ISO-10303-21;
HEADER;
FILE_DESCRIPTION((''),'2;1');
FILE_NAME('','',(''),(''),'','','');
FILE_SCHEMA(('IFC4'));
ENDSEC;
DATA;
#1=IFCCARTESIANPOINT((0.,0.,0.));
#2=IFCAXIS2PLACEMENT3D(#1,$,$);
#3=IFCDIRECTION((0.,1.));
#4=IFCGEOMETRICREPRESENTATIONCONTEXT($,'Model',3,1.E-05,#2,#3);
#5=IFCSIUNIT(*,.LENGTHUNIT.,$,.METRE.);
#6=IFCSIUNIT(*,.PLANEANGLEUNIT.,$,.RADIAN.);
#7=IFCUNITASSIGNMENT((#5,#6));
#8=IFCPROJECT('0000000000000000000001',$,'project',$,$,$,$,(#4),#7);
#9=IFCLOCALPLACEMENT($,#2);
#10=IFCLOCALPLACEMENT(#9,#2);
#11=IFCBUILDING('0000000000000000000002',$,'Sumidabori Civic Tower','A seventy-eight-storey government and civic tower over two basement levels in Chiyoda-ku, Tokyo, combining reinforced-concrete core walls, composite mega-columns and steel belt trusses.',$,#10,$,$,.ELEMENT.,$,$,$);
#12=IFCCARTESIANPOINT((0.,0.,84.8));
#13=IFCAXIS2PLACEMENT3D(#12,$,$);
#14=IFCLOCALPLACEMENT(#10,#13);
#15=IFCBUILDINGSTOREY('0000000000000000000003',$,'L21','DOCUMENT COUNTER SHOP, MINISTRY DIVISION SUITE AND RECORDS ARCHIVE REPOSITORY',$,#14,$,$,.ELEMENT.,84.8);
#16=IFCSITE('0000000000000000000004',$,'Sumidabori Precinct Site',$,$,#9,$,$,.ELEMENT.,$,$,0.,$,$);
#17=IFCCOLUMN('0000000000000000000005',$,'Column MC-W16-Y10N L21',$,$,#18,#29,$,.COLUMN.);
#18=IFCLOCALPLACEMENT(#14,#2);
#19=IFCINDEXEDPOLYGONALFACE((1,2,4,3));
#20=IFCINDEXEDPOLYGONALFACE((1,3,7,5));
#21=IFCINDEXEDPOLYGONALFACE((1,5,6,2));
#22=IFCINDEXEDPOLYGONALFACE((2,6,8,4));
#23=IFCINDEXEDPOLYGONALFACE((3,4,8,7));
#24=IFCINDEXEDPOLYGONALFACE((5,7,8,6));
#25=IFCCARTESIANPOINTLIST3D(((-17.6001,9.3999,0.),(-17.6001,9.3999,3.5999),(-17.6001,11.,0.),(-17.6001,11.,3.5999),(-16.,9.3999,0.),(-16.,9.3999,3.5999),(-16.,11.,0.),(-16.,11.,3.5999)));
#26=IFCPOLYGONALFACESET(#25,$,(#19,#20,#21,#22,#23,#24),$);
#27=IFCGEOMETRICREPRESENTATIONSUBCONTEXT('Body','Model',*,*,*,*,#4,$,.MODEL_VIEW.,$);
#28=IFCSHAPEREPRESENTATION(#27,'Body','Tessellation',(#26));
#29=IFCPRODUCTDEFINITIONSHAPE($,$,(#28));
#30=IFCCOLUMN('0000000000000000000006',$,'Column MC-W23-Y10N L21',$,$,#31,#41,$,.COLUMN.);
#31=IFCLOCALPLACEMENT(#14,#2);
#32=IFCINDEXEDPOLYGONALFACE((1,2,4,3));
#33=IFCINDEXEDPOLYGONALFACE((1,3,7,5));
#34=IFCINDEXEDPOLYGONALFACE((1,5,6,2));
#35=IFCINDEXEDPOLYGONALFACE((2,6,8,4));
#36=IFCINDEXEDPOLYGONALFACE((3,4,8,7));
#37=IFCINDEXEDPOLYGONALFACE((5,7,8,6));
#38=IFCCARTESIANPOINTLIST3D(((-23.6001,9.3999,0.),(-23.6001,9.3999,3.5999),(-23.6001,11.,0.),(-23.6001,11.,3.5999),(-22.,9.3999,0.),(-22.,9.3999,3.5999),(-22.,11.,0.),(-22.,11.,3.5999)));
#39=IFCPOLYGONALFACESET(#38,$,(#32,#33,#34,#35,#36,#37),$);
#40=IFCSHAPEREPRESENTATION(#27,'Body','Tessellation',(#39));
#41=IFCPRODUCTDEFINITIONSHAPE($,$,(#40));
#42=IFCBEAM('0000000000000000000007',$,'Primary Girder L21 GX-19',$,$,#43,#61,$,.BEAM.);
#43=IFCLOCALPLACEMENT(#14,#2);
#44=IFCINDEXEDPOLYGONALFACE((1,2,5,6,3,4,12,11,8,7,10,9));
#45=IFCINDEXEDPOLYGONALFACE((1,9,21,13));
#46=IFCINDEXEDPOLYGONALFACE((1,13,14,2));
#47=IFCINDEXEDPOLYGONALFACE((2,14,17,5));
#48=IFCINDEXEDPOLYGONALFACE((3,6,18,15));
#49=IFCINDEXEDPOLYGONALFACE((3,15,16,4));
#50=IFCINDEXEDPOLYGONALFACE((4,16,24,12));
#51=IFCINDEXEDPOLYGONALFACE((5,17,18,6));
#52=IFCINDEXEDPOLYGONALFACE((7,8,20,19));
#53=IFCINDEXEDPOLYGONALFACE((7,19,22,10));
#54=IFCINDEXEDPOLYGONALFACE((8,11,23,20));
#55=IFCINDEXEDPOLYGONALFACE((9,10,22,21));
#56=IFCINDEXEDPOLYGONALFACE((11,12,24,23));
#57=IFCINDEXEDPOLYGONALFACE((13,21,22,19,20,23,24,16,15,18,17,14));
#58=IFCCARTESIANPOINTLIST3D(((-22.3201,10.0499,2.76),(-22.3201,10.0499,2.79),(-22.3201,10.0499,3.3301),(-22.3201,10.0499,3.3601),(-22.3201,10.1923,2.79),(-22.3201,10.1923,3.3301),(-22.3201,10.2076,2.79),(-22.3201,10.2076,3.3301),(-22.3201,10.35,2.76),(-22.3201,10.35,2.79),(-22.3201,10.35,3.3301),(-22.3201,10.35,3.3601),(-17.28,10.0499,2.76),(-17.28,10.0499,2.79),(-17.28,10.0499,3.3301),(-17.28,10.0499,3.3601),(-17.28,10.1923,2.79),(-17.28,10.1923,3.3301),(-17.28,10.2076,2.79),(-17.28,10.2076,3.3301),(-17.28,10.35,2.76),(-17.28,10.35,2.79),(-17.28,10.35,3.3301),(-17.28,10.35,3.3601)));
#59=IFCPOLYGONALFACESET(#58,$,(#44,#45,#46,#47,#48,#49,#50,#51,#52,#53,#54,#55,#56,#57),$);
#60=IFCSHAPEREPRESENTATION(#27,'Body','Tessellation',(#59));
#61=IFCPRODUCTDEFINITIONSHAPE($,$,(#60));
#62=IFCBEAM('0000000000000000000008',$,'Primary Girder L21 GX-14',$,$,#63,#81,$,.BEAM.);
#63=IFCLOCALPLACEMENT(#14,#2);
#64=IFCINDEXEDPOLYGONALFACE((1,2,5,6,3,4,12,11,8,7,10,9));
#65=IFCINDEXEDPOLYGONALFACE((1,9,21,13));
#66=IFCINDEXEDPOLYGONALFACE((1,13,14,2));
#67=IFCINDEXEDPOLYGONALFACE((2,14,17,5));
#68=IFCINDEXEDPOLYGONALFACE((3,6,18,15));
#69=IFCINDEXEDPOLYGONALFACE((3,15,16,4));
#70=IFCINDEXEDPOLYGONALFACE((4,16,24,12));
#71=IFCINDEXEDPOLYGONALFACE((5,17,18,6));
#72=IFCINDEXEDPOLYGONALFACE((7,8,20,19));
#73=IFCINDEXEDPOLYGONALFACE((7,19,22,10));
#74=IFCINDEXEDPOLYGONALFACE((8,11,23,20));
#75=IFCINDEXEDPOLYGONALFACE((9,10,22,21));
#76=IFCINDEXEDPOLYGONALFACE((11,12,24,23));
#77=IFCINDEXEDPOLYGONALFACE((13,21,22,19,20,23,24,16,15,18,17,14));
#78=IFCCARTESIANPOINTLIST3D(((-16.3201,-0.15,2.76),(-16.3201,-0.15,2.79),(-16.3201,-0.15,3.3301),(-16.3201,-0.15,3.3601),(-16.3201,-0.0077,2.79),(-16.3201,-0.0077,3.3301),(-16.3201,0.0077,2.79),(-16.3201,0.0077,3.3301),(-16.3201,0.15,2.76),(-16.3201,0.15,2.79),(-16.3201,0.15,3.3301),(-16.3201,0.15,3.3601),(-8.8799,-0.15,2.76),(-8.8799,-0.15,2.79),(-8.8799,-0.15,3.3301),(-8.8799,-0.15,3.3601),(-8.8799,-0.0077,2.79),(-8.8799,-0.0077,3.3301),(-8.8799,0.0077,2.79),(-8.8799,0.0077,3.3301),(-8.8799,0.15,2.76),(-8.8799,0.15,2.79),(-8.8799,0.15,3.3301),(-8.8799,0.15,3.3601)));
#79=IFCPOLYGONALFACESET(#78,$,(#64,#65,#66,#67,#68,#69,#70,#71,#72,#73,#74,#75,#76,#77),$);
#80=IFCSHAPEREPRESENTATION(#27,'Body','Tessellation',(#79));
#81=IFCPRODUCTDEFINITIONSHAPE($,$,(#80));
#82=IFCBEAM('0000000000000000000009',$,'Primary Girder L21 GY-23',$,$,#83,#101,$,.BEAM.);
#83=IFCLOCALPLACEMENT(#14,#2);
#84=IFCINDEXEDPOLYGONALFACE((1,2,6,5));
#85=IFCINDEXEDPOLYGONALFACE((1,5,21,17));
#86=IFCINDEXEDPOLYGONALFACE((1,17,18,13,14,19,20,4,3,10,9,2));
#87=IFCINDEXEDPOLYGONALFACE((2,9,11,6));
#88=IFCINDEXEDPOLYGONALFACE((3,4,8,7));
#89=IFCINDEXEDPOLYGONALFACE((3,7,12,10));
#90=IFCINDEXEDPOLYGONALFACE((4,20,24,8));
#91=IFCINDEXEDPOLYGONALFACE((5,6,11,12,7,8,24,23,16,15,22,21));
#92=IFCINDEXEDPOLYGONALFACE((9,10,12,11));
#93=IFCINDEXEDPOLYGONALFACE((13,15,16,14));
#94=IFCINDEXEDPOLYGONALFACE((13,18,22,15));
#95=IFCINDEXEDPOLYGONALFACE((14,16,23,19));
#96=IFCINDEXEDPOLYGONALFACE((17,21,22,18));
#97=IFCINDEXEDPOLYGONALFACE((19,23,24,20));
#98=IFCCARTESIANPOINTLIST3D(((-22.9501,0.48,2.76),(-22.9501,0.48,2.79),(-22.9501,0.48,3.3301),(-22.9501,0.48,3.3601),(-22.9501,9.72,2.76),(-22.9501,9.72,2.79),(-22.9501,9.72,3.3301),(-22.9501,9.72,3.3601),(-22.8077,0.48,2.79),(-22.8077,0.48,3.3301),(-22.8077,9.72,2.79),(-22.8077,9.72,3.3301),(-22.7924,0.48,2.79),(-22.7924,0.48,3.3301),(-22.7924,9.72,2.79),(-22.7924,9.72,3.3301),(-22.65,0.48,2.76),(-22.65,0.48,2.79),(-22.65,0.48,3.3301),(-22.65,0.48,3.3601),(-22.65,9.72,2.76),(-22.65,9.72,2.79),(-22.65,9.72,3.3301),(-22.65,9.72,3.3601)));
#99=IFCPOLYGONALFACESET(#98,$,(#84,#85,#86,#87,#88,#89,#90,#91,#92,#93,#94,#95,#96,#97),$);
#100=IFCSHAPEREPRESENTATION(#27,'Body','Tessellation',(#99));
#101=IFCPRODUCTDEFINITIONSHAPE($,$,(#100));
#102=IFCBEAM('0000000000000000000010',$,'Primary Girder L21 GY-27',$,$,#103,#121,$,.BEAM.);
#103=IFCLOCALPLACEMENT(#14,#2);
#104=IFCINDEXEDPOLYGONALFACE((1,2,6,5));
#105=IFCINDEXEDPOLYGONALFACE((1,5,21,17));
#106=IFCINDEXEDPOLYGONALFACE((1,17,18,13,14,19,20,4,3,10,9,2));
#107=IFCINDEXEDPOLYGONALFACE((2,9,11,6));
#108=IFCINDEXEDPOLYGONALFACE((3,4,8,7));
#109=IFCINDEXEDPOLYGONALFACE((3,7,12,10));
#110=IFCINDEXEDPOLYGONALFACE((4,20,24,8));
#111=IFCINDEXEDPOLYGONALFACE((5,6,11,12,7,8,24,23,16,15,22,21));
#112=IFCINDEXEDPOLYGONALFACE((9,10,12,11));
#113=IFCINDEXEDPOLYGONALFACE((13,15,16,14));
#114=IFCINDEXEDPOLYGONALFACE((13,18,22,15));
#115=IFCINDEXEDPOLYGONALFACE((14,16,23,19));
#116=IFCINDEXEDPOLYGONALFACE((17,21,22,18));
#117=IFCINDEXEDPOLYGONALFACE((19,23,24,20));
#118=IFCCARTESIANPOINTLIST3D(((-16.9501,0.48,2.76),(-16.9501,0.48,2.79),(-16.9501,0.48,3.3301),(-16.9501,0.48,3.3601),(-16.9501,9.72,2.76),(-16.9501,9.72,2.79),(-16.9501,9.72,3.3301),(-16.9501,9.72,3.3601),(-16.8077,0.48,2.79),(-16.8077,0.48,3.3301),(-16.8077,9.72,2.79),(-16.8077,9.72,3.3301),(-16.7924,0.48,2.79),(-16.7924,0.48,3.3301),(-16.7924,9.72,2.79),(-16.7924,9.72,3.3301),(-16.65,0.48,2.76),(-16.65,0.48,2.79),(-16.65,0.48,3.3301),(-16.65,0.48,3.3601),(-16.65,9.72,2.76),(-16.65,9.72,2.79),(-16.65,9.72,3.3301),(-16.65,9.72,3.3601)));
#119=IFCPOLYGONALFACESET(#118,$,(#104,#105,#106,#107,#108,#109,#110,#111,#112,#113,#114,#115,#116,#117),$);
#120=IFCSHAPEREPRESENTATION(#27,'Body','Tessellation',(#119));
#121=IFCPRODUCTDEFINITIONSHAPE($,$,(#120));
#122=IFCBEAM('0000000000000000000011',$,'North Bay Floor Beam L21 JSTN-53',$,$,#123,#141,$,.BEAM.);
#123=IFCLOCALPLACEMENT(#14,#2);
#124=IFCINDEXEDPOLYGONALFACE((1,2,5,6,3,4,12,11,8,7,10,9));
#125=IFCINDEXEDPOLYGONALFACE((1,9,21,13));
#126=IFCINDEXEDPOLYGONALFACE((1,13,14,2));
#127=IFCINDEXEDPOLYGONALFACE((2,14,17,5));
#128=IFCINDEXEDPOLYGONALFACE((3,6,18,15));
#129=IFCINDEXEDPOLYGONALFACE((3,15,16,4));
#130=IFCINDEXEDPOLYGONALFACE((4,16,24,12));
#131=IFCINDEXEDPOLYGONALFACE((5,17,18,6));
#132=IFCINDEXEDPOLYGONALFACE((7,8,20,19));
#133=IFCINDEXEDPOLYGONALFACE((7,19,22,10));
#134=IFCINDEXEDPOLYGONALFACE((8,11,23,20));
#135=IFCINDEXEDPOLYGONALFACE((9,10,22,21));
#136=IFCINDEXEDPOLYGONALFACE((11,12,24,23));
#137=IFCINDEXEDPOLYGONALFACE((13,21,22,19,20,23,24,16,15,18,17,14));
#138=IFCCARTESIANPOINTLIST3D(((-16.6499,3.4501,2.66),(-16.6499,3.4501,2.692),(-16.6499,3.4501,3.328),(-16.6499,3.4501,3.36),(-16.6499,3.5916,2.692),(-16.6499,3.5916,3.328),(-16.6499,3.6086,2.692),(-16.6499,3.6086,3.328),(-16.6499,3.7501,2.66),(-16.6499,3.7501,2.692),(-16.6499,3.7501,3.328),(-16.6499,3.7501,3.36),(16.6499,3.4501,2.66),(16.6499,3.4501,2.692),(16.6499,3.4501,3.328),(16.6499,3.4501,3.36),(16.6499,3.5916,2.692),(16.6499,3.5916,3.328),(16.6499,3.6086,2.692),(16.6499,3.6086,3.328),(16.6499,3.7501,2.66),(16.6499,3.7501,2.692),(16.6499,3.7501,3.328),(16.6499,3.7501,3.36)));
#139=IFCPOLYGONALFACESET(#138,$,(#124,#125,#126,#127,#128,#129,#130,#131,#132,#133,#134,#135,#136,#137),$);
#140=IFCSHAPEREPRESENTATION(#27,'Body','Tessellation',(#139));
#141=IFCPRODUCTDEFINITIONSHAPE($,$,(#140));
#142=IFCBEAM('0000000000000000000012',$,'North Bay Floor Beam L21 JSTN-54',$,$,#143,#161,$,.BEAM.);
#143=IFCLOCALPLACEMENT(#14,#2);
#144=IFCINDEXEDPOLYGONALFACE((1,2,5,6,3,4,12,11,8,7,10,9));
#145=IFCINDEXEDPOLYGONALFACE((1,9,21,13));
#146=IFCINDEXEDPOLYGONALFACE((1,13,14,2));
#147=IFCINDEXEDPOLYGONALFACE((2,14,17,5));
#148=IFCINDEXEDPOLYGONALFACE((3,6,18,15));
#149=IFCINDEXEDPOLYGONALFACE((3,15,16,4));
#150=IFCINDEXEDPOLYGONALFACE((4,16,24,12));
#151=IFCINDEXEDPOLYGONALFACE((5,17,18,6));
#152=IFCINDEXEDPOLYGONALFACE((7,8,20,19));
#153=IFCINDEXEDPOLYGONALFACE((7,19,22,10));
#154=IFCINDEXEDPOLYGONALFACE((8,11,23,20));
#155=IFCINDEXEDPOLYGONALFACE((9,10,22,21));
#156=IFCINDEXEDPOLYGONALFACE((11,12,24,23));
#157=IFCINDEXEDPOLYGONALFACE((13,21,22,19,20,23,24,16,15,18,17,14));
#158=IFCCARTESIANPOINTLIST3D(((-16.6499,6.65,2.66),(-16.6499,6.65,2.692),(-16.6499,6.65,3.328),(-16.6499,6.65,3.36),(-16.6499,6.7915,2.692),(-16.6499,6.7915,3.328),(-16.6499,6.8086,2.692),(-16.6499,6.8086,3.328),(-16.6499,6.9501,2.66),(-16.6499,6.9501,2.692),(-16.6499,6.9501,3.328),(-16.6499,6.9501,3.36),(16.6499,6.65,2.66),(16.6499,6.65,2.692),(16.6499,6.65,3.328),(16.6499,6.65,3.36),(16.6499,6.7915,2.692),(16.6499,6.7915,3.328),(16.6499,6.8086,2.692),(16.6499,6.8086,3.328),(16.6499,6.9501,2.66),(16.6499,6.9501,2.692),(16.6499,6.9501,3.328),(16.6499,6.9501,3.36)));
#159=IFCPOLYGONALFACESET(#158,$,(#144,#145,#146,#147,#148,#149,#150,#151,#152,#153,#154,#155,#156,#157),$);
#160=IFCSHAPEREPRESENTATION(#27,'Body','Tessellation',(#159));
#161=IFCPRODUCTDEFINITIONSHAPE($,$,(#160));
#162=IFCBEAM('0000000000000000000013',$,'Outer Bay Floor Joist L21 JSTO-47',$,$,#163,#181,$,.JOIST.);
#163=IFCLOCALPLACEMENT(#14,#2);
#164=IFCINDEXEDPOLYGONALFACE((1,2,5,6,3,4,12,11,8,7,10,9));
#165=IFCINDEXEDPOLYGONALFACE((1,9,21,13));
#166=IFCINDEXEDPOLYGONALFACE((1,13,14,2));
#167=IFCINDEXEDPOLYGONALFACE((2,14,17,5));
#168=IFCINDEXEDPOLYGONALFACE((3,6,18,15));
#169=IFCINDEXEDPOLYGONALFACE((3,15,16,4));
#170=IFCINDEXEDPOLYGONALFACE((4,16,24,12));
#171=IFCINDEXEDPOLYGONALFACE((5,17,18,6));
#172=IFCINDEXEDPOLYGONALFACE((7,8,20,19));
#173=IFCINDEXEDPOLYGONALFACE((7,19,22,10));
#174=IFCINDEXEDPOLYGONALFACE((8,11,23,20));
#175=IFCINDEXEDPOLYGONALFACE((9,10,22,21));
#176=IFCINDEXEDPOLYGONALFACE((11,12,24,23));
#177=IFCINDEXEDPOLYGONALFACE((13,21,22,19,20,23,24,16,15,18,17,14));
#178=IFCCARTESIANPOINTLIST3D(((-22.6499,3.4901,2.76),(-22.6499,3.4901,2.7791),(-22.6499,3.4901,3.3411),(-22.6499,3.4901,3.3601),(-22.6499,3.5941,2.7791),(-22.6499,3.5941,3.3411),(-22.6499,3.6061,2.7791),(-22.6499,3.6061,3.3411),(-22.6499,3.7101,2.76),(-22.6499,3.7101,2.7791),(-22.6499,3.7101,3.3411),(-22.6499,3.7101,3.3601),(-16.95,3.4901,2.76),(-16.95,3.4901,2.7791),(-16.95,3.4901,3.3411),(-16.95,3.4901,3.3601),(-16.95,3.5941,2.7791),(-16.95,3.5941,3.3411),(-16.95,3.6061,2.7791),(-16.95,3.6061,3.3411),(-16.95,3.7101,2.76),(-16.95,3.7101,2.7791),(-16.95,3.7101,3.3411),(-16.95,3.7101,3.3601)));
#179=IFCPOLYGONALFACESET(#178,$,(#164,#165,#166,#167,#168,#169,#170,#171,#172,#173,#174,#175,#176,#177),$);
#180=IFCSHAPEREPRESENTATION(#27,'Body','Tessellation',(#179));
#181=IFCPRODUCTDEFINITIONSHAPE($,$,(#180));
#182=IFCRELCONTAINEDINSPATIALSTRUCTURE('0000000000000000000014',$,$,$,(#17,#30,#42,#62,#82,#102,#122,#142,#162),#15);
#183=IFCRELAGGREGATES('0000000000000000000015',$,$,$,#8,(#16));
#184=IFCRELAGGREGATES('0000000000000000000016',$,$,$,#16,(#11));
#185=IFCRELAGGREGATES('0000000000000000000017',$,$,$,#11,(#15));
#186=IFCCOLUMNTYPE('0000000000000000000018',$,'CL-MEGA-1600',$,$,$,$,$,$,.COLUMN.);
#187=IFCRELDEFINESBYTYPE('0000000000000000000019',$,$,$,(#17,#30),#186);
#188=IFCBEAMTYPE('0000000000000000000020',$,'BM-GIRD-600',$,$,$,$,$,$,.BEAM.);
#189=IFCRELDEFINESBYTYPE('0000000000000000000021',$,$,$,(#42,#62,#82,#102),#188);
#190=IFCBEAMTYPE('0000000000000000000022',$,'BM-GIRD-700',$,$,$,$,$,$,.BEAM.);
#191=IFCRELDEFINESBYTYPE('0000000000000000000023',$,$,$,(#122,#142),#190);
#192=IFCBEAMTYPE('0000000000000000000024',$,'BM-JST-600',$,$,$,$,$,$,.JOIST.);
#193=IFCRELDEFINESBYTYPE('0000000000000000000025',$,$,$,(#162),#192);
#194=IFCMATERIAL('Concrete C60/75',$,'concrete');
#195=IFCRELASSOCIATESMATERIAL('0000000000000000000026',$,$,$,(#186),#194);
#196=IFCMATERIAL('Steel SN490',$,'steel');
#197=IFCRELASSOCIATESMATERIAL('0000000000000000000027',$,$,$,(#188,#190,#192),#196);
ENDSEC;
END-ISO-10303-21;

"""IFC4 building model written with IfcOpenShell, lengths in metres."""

from ifc_helpers import new_model, si_unit, direction, frame, origin, origin_2d, place, context, subcontext, project, spatial, rectangle, i_section, extrude, source, transform, mapped, material, material_profile, profile_set, type_object, element, save


model = new_model("IFC4")

# Units and contexts
model_context = context("Model", 3, precision=1e-05, world=origin(), true_north=direction((0.0, 1.0)))
body_context = subcontext(model_context, "Body", "Model", "MODEL_VIEW")
ifc_project = project(units=[si_unit("LENGTHUNIT", "METRE"), si_unit("PLANEANGLEUNIT", "RADIAN")], contexts=[model_context])

# Site, building, storey
site_placement = place(None, origin())
site = spatial("IfcSite", under=ifc_project, at=site_placement, Name="Sumidabori Precinct Site", CompositionType="ELEMENT", RefElevation=0.0)
building_placement = place(site_placement, origin())
building = spatial("IfcBuilding", under=site, at=building_placement, Name="Sumidabori Civic Tower", Description="A seventy-eight-storey government and civic tower over two basement levels in Chiyoda-ku, Tokyo, combining reinforced-concrete core walls, composite mega-columns and steel belt trusses.", CompositionType="ELEMENT")
storey_placement = place(building_placement, frame((0.0, 0.0, 84.8)))
storey = spatial("IfcBuildingStorey", under=building, at=storey_placement, Name="L21", Description="DOCUMENT COUNTER SHOP, MINISTRY DIVISION SUITE AND RECORDS ARCHIVE REPOSITORY", CompositionType="ELEMENT", Elevation=84.8)

# Columns
ifc_material_1 = material(Name="Concrete C60/75", Category="concrete")
ifc_material_profile_1 = material_profile(ifc_material_1, rectangle(XDim=1.6001, YDim=1.6001, at=origin_2d()), Name="RC 1600x1600")
ifc_profile_set_1 = profile_set([ifc_material_profile_1], Name="Concrete C60/75")
column_type = type_object("IfcColumnType", Name="CL-MEGA-1600", PredefinedType="COLUMN", material=ifc_profile_set_1)
shared_shape_1 = source(origin(), body_context, "Body", "SweptSolid", [
    extrude(rectangle(XDim=1.6001, YDim=1.6001, at=origin_2d()), origin(), (0.0, 0.0, 1.0), 3.5999),
])
for number, where, z_axis, x_axis, name in (
    (1, (-16.8, 10.2, 0.0), (0.0, 0.0, 1.0), (1.0, 0.0, 0.0), "Column MC-W16-Y10N L21"),
    (2, (-22.8, 10.2, 0.0), (0.0, 0.0, 1.0), (1.0, 0.0, 0.0), "Column MC-W23-Y10N L21"),
):
    element("IfcColumn", number, at=place(storey_placement, frame(where, z_axis=z_axis, x_axis=x_axis)), inside=storey, type_object=column_type, Name=name, PredefinedType="COLUMN", context=body_context, shape_type="MappedRepresentation", body=[
        mapped(shared_shape_1, transform((0.0, 0.0, 0.0), x_axis=(1.0, 0.0, 0.0), y_axis=(0.0, 1.0, 0.0), z_axis=(0.0, 0.0, 1.0), scale=1.0)),
    ])

# Beams
ifc_material_2 = material(Name="Steel SN490", Category="steel")
ifc_material_profile_2 = material_profile(ifc_material_2, i_section(OverallWidth=0.3, OverallDepth=0.6001, WebThickness=0.0154, FlangeThickness=0.03, at=origin_2d()), Name="HE 600 B")
ifc_profile_set_2 = profile_set([ifc_material_profile_2], Name="Steel SN490")
beam_type_1 = type_object("IfcBeamType", Name="BM-GIRD-600", PredefinedType="BEAM", material=ifc_profile_set_2)
shared_shape_2 = source(origin(), body_context, "Body", "SweptSolid", [
    extrude(i_section(OverallWidth=0.3, OverallDepth=0.6001, WebThickness=0.0154, FlangeThickness=0.03, at=origin_2d()), origin(), (0.0, 0.0, 1.0), 5.04),
])
beam_1_placement = place(storey_placement, frame((-22.3201, 10.2, 3.0601), z_axis=(1.0, 0.0, 0.0), x_axis=(0.0, 1.0, 0.0)))
element("IfcBeam", 3, at=beam_1_placement, inside=storey, type_object=beam_type_1, Name="Primary Girder L21 GX-19", PredefinedType="BEAM", context=body_context, shape_type="MappedRepresentation", body=[
    mapped(shared_shape_2, transform((0.0, 0.0, 0.0), x_axis=(1.0, 0.0, 0.0), y_axis=(0.0, 1.0, 0.0), z_axis=(0.0, 0.0, 1.0), scale=1.0)),
])
shared_shape_3 = source(origin(), body_context, "Body", "SweptSolid", [
    extrude(i_section(OverallWidth=0.3, OverallDepth=0.6001, WebThickness=0.0154, FlangeThickness=0.03, at=origin_2d()), origin(), (0.0, 0.0, 1.0), 7.4402),
])
beam_2_placement = place(storey_placement, frame((-16.3201, 0.0, 3.0601), z_axis=(1.0, 0.0, 0.0), x_axis=(0.0, 1.0, 0.0)))
element("IfcBeam", 4, at=beam_2_placement, inside=storey, type_object=beam_type_1, Name="Primary Girder L21 GX-14", PredefinedType="BEAM", context=body_context, shape_type="MappedRepresentation", body=[
    mapped(shared_shape_3, transform((0.0, 0.0, 0.0), x_axis=(1.0, 0.0, 0.0), y_axis=(0.0, 1.0, 0.0), z_axis=(0.0, 0.0, 1.0), scale=1.0)),
])
shared_shape_4 = source(origin(), body_context, "Body", "SweptSolid", [
    extrude(i_section(OverallWidth=0.3, OverallDepth=0.6001, WebThickness=0.0154, FlangeThickness=0.03, at=origin_2d()), origin(), (0.0, 0.0, 1.0), 9.24),
])
for number, where, z_axis, x_axis, name in (
    (5, (-22.8, 0.48, 3.0601), (0.0, 1.0, 0.0), (-1.0, 0.0, 0.0), "Primary Girder L21 GY-23"),
    (6, (-16.8, 0.48, 3.0601), (0.0, 1.0, 0.0), (-1.0, 0.0, 0.0), "Primary Girder L21 GY-27"),
):
    element("IfcBeam", number, at=place(storey_placement, frame(where, z_axis=z_axis, x_axis=x_axis)), inside=storey, type_object=beam_type_1, Name=name, PredefinedType="BEAM", context=body_context, shape_type="MappedRepresentation", body=[
        mapped(shared_shape_4, transform((0.0, 0.0, 0.0), x_axis=(1.0, 0.0, 0.0), y_axis=(0.0, 1.0, 0.0), z_axis=(0.0, 0.0, 1.0), scale=1.0)),
    ])
ifc_material_profile_3 = material_profile(ifc_material_2, i_section(OverallWidth=0.3, OverallDepth=0.7, WebThickness=0.0171, FlangeThickness=0.032, at=origin_2d()), Name="HE 700 B")
ifc_profile_set_3 = profile_set([ifc_material_profile_3], Name="Steel SN490")
beam_type_2 = type_object("IfcBeamType", Name="BM-GIRD-700", PredefinedType="BEAM", material=ifc_profile_set_3)
shared_shape_5 = source(origin(), body_context, "Body", "SweptSolid", [
    extrude(i_section(OverallWidth=0.3, OverallDepth=0.7, WebThickness=0.0171, FlangeThickness=0.032, at=origin_2d()), origin(), (0.0, 0.0, 1.0), 33.2998),
])
for number, where, z_axis, x_axis, name in (
    (7, (-16.6499, 3.6001, 3.01), (1.0, 0.0, 0.0), (0.0, 1.0, 0.0), "North Bay Floor Beam L21 JSTN-53"),
    (8, (-16.6499, 6.8, 3.01), (1.0, 0.0, 0.0), (0.0, 1.0, 0.0), "North Bay Floor Beam L21 JSTN-54"),
):
    element("IfcBeam", number, at=place(storey_placement, frame(where, z_axis=z_axis, x_axis=x_axis)), inside=storey, type_object=beam_type_2, Name=name, PredefinedType="BEAM", context=body_context, shape_type="MappedRepresentation", body=[
        mapped(shared_shape_5, transform((0.0, 0.0, 0.0), x_axis=(1.0, 0.0, 0.0), y_axis=(0.0, 1.0, 0.0), z_axis=(0.0, 0.0, 1.0), scale=1.0)),
    ])
ifc_material_profile_4 = material_profile(ifc_material_2, i_section(OverallWidth=0.22, OverallDepth=0.6001, WebThickness=0.012, FlangeThickness=0.019, at=origin_2d()), Name="IPE 600")
ifc_profile_set_4 = profile_set([ifc_material_profile_4], Name="Steel SN490")
beam_type_3 = type_object("IfcBeamType", Name="BM-JST-600", PredefinedType="JOIST", material=ifc_profile_set_4)
shared_shape_6 = source(origin(), body_context, "Body", "SweptSolid", [
    extrude(i_section(OverallWidth=0.22, OverallDepth=0.6001, WebThickness=0.012, FlangeThickness=0.019, at=origin_2d()), origin(), (0.0, 0.0, 1.0), 5.7),
])
for number, where, z_axis, x_axis, name in (
    (9, (-22.6499, 3.6001, 3.0601), (1.0, 0.0, 0.0), (0.0, 1.0, 0.0), "Outer Bay Floor Joist L21 JSTO-47"),
):
    element("IfcBeam", number, at=place(storey_placement, frame(where, z_axis=z_axis, x_axis=x_axis)), inside=storey, type_object=beam_type_3, Name=name, PredefinedType="JOIST", context=body_context, shape_type="MappedRepresentation", body=[
        mapped(shared_shape_6, transform((0.0, 0.0, 0.0), x_axis=(1.0, 0.0, 0.0), y_axis=(0.0, 1.0, 0.0), z_axis=(0.0, 0.0, 1.0), scale=1.0)),
    ])

save(model, "model.ifc")
